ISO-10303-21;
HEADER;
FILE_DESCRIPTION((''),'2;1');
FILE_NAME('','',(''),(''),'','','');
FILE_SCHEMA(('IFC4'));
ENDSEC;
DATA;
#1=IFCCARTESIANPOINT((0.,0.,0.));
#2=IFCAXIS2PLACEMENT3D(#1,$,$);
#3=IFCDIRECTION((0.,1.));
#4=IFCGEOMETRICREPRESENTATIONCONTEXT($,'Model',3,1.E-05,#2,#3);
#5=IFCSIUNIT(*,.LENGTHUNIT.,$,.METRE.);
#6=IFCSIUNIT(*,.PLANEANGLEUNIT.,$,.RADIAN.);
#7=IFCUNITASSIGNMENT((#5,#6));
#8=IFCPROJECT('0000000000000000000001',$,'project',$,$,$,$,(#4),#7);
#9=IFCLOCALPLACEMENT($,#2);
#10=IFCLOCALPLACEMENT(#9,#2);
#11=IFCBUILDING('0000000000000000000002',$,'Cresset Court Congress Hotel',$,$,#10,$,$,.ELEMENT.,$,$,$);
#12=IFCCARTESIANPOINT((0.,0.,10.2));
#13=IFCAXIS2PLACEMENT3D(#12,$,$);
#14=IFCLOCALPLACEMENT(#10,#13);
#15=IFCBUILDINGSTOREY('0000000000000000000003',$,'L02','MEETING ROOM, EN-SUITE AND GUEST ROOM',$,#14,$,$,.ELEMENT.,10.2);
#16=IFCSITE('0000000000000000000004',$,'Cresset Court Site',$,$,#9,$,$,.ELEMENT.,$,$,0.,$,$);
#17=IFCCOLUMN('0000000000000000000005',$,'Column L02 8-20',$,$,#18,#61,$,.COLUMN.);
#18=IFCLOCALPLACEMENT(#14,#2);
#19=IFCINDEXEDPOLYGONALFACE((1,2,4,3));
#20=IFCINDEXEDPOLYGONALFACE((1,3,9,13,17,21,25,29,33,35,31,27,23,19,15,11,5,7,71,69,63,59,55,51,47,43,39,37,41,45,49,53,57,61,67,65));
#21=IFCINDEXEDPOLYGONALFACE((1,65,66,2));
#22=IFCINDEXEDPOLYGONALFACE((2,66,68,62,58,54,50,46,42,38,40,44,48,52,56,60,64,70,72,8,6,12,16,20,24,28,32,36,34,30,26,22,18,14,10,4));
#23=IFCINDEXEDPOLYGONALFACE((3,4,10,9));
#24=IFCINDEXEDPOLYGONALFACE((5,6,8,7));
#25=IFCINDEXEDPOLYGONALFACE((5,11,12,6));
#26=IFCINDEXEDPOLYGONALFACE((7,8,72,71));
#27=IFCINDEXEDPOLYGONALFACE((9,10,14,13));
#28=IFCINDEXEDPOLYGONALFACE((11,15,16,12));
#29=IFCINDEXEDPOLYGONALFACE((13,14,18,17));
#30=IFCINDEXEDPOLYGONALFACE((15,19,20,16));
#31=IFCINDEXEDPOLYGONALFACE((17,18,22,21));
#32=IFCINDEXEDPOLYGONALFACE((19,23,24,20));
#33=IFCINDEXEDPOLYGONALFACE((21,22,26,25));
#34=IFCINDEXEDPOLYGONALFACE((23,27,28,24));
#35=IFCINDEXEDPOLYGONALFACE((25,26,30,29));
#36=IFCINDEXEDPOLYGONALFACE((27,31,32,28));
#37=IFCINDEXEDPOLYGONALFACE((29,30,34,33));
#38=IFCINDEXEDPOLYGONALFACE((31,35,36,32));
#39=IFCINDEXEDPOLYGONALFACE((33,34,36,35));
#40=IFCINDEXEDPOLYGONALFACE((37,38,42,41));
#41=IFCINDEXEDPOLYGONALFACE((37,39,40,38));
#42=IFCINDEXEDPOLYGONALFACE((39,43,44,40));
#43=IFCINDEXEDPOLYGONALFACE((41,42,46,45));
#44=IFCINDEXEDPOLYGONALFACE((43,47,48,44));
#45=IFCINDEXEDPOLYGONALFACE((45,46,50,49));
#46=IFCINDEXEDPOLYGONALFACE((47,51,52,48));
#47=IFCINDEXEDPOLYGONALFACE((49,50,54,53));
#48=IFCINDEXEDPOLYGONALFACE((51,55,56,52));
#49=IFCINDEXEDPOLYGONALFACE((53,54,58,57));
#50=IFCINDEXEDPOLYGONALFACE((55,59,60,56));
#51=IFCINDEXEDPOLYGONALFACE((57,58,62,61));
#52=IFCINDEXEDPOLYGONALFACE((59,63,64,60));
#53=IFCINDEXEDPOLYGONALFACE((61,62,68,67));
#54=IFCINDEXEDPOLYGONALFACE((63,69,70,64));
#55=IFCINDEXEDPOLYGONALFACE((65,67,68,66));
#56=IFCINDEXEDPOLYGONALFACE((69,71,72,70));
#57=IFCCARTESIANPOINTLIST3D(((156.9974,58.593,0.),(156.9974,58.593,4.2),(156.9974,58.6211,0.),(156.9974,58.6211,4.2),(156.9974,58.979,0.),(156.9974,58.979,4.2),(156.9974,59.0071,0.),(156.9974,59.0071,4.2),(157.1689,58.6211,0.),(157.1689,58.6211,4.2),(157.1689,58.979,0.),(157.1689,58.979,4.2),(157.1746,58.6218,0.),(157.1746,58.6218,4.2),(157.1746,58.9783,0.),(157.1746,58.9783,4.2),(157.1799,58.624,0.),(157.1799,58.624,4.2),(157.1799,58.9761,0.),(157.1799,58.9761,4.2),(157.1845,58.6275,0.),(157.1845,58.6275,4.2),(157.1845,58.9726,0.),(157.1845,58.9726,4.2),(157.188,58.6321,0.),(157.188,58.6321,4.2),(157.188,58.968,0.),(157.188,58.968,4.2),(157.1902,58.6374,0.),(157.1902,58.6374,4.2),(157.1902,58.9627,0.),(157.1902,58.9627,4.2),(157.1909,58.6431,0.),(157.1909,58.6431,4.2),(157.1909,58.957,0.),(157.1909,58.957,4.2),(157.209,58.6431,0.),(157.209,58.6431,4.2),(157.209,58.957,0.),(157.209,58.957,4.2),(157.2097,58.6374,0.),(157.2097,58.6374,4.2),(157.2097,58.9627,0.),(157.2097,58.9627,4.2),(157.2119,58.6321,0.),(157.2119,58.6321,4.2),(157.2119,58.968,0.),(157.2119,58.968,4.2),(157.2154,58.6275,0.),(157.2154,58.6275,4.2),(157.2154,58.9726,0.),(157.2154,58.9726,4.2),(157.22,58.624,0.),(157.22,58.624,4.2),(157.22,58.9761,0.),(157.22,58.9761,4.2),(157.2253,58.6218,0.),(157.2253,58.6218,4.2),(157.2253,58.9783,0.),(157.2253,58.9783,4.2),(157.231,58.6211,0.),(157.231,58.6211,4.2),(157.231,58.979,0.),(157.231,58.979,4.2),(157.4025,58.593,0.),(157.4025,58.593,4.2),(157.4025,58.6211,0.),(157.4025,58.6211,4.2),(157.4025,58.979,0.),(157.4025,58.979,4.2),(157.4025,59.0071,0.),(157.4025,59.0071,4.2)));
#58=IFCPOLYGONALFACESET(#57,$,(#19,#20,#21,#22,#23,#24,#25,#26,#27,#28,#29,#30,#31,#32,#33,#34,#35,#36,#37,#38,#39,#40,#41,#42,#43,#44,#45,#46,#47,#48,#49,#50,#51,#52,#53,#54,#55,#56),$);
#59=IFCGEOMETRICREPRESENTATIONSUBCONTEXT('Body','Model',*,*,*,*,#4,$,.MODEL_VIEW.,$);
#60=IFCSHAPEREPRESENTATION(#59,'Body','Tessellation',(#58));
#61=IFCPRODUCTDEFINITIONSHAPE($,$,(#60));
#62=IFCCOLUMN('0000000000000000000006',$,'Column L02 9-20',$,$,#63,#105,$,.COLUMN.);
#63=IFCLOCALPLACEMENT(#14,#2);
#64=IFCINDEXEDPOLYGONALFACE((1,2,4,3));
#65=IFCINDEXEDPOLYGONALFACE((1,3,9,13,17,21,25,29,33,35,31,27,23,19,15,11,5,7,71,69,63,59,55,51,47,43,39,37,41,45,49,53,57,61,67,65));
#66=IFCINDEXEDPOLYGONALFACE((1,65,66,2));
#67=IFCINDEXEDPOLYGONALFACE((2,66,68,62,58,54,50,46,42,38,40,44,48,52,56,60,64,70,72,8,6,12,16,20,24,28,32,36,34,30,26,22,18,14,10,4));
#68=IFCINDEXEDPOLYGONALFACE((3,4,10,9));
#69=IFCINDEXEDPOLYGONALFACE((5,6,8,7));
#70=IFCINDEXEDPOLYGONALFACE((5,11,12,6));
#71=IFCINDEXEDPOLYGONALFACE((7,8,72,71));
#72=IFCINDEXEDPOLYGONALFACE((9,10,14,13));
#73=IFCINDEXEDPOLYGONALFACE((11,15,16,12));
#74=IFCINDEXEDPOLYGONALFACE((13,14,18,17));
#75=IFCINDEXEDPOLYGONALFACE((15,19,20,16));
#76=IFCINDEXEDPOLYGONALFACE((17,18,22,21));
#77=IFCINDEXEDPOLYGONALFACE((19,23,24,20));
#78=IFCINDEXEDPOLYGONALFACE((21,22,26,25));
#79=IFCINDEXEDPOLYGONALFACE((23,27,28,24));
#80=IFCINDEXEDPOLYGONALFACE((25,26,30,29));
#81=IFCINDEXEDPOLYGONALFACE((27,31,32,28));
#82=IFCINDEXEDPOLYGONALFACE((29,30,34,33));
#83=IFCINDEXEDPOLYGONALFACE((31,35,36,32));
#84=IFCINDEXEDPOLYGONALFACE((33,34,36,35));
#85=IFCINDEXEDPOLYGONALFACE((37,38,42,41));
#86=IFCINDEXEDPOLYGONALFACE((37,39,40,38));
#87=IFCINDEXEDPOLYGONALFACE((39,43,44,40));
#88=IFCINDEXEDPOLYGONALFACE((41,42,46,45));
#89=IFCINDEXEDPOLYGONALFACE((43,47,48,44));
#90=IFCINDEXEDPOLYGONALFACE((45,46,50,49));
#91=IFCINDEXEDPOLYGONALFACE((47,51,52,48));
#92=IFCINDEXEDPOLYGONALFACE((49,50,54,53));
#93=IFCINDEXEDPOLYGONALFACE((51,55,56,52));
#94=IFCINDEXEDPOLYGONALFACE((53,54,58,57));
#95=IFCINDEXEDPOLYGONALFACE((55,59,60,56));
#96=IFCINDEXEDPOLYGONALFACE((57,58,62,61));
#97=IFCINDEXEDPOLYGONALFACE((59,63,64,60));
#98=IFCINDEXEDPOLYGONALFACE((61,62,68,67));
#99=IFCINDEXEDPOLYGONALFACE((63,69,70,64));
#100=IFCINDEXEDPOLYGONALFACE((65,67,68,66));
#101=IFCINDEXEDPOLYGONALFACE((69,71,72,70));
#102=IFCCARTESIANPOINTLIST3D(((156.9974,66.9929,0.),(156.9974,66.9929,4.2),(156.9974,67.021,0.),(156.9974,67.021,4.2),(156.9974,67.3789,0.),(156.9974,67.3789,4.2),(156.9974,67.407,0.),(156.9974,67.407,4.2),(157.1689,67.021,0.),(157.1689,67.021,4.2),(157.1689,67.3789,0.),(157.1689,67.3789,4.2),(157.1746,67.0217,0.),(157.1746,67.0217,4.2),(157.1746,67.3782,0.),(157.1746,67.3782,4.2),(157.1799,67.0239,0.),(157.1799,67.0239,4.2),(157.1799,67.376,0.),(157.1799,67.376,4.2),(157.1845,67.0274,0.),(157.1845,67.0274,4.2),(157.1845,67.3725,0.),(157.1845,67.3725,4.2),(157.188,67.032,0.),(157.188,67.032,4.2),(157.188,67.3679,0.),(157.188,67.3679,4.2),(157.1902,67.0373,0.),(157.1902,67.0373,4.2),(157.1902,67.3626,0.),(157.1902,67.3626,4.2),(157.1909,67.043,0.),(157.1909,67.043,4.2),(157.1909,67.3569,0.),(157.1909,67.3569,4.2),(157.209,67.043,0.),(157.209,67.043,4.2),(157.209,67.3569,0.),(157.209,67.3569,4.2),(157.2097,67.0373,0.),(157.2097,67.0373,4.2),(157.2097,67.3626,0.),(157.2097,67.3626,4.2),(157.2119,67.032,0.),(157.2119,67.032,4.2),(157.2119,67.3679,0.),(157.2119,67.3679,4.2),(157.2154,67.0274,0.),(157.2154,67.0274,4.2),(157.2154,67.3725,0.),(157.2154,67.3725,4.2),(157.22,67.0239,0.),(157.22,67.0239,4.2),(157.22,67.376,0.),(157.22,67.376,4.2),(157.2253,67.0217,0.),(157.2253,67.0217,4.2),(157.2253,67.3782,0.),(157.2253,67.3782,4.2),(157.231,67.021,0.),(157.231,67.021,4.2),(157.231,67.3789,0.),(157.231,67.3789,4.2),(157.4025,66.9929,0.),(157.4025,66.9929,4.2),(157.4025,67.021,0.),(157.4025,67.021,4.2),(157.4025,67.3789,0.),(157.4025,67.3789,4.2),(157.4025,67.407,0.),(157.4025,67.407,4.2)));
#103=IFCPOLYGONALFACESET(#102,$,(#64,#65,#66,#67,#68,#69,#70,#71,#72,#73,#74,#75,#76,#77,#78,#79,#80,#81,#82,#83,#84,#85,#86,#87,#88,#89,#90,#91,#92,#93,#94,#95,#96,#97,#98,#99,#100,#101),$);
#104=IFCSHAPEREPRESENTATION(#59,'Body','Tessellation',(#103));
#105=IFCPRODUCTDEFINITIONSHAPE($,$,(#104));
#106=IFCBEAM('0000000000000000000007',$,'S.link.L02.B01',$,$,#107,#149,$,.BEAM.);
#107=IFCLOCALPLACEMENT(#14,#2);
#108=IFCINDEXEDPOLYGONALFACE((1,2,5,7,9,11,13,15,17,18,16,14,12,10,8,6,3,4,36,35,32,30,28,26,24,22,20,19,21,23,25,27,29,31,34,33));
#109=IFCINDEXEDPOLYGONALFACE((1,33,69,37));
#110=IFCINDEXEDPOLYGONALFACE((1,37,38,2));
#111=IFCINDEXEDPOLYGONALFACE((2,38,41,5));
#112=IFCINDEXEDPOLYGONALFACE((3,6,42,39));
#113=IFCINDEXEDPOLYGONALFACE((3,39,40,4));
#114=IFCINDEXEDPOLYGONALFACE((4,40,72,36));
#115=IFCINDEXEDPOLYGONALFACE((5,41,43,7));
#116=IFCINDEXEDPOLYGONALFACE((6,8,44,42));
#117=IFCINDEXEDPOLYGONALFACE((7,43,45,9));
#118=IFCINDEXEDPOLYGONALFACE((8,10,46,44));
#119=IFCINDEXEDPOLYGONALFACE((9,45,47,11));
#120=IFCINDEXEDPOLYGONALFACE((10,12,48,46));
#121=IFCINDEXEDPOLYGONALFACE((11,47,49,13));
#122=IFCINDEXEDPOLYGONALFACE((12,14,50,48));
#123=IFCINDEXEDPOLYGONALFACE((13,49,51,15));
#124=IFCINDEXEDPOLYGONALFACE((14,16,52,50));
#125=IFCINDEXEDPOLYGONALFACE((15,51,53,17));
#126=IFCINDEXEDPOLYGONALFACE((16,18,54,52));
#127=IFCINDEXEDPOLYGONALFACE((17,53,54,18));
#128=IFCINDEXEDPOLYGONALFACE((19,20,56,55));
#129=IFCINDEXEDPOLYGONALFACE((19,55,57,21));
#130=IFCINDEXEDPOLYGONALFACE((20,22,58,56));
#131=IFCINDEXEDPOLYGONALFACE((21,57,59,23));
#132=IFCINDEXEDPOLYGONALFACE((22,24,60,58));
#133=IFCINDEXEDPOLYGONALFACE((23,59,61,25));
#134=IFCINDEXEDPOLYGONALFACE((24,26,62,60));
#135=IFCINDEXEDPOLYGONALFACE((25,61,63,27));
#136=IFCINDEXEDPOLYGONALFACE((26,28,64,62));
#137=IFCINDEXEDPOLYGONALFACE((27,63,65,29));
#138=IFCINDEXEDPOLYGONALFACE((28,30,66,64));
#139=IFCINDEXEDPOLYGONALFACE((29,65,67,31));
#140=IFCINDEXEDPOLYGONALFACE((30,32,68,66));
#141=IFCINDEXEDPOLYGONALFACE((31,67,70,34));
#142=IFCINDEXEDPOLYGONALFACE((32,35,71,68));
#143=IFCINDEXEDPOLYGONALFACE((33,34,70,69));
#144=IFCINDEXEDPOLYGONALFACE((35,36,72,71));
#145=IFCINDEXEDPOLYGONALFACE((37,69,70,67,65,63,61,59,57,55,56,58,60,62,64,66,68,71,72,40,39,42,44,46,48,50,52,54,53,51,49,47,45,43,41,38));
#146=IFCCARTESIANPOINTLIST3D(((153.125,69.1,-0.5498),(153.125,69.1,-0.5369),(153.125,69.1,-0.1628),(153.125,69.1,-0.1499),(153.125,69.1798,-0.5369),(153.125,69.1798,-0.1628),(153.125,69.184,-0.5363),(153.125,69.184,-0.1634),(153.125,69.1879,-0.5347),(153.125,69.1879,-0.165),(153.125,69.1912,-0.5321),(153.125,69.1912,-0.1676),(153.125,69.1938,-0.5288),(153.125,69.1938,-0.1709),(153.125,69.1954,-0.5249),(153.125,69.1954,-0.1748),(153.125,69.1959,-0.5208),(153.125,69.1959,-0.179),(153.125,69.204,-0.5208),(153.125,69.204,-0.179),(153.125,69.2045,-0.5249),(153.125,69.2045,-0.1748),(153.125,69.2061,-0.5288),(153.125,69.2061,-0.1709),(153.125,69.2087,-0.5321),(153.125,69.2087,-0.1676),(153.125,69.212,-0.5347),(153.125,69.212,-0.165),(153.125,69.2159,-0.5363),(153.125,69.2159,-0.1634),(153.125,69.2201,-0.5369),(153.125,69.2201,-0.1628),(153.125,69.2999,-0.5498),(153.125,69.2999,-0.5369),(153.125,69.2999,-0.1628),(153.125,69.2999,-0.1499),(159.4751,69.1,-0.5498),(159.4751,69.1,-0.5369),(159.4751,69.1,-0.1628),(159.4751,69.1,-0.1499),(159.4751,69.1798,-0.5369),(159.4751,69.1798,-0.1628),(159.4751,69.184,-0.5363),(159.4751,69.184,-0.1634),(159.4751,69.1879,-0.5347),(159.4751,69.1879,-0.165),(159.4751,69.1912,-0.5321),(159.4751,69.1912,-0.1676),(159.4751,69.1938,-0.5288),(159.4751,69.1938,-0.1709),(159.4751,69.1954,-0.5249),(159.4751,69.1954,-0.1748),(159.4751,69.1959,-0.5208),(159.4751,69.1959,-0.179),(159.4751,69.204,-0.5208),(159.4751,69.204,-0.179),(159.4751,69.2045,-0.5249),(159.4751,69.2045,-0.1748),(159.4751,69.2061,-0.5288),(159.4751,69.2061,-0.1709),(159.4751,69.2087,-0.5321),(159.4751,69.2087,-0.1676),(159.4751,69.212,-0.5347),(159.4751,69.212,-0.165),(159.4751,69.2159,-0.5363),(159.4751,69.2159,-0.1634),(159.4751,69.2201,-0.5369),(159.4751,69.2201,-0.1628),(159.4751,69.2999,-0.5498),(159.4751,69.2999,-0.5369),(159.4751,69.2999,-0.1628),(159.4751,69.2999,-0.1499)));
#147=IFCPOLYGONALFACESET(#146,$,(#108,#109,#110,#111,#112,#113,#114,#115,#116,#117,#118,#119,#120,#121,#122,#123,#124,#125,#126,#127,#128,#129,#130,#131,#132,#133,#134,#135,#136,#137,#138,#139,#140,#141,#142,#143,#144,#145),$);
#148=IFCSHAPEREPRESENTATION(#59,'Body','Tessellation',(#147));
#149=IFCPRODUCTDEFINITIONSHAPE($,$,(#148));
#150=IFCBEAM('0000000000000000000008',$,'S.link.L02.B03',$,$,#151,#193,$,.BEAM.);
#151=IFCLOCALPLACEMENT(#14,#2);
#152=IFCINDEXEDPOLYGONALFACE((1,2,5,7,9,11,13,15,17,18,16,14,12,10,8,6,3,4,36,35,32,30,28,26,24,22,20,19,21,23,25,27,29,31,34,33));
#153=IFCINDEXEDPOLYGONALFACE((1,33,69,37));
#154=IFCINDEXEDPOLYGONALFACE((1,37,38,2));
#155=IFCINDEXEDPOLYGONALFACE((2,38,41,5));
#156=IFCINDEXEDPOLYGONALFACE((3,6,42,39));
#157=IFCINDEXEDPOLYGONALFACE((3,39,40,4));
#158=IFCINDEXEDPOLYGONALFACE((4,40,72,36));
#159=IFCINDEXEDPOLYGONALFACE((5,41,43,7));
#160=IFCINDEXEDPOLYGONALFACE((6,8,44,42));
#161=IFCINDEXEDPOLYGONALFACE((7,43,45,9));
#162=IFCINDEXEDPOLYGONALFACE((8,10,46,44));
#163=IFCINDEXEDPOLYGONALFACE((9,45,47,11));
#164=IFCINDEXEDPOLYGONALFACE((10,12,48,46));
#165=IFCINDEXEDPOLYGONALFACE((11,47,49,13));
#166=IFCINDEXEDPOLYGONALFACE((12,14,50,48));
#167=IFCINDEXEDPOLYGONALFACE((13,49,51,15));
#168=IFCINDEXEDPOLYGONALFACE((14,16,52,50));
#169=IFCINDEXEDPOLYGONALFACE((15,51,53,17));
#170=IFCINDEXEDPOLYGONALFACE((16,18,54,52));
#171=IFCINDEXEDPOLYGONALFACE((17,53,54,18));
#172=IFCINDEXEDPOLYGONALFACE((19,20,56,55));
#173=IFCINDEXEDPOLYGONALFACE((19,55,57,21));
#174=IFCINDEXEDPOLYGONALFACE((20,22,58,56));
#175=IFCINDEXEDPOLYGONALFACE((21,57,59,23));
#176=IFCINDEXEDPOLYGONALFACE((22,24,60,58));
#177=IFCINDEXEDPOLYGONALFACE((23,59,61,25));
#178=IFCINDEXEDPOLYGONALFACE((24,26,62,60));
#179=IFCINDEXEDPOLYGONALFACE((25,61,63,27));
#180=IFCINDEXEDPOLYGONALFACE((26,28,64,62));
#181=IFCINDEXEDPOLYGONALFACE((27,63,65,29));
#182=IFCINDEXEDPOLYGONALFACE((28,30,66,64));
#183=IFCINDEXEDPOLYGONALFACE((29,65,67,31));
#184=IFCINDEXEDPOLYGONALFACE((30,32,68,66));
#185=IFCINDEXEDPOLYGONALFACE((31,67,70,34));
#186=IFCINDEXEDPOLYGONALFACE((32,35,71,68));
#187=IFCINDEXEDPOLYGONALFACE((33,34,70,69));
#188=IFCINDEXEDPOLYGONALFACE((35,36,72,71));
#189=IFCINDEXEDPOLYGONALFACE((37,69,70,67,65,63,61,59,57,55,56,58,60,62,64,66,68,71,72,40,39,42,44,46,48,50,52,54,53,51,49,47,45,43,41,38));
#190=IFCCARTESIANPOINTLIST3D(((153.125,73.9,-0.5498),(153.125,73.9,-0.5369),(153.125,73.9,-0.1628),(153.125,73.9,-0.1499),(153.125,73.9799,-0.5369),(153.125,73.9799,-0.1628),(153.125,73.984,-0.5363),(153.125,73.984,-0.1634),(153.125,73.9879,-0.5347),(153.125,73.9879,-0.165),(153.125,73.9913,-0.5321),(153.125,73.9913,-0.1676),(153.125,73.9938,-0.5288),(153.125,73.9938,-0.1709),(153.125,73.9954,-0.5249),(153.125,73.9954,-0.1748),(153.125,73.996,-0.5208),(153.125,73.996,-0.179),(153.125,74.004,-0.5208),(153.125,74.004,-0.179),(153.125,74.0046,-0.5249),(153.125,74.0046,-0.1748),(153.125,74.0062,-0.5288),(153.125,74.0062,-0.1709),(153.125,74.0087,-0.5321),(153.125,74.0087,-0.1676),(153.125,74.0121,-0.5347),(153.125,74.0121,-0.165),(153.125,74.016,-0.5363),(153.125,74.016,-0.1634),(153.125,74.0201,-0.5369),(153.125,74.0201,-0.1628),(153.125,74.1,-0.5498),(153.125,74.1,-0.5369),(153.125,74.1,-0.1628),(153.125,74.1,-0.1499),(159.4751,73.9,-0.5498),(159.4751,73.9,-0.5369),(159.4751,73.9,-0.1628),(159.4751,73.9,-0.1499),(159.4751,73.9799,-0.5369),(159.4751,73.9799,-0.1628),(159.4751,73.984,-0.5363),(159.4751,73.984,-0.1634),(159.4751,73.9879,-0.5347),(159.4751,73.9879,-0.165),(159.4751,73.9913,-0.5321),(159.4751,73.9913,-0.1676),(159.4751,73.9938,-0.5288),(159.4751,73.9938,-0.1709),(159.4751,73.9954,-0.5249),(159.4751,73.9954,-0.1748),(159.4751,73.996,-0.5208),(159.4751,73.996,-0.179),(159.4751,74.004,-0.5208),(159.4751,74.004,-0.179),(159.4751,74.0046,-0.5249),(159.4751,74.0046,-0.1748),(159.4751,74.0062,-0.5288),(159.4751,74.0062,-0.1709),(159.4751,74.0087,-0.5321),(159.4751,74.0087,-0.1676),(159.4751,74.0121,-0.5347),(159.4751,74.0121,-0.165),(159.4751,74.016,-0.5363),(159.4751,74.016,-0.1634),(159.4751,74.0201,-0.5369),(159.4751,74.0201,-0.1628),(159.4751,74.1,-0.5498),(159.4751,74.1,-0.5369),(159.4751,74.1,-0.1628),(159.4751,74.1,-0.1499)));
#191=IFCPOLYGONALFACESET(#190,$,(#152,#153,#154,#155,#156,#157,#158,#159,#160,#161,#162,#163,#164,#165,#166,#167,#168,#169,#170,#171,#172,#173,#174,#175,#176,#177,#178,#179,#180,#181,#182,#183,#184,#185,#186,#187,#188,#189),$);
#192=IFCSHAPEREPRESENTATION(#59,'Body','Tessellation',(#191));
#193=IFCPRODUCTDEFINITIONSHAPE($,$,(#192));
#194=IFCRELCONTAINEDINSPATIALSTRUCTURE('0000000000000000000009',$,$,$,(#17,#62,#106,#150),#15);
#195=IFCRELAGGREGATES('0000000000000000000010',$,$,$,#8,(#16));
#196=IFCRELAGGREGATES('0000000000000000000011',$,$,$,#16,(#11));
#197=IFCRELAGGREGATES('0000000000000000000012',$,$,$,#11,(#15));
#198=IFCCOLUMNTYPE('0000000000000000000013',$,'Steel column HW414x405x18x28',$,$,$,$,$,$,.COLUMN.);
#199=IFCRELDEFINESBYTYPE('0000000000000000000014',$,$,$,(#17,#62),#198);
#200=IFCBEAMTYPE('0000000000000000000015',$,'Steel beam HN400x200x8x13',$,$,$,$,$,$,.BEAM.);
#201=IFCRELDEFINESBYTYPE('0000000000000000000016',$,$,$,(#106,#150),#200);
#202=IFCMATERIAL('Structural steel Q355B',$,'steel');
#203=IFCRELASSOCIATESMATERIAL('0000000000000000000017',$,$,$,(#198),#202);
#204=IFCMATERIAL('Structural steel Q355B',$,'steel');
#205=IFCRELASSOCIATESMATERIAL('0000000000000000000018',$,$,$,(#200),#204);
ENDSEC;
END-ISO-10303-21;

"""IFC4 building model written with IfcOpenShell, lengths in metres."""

from ifc_helpers import new_model, si_unit, direction, frame, origin, origin_2d, place, context, subcontext, project, spatial, i_section, extrude, material, material_profile, profile_set, type_object, element, save


model = new_model("IFC4")

# Units and contexts
model_context = context("Model", 3, precision=1e-05, world=origin(), true_north=direction((0.0, 1.0)))
body_context = subcontext(model_context, "Body", "Model", "MODEL_VIEW")
ifc_project = project(units=[si_unit("LENGTHUNIT", "METRE"), si_unit("PLANEANGLEUNIT", "RADIAN")], contexts=[model_context])

# Site, building, storey
site_placement = place(None, origin())
site = spatial("IfcSite", under=ifc_project, at=site_placement, Name="Cresset Court Site", CompositionType="ELEMENT", RefElevation=0.0)
building_placement = place(site_placement, origin())
building = spatial("IfcBuilding", under=site, at=building_placement, Name="Cresset Court Congress Hotel", CompositionType="ELEMENT")
storey_placement = place(building_placement, frame((0.0, 0.0, 10.2)))
storey = spatial("IfcBuildingStorey", under=building, at=storey_placement, Name="L02", Description="MEETING ROOM, EN-SUITE AND GUEST ROOM", CompositionType="ELEMENT", Elevation=10.2)

# Columns
ifc_material_1 = material(Name="Structural steel Q355B", Category="steel")
ifc_material_profile_1 = material_profile(ifc_material_1, i_section(OverallWidth=0.405, OverallDepth=0.4141, WebThickness=0.0181, FlangeThickness=0.0281, FilletRadius=0.022, at=origin_2d()), Name="HW414x405x18x28")
ifc_profile_set_1 = profile_set([ifc_material_profile_1], Name="Structural steel Q355B")
column_type = type_object("IfcColumnType", Name="Steel column HW414x405x18x28", PredefinedType="COLUMN", material=ifc_profile_set_1)
for number, where, z_axis, x_axis, name in (
    (1, (157.2, 58.8, 0.0), (0.0, 0.0, 1.0), (1.0, 0.0, 0.0), "Column L02 8-20"),
    (2, (157.2, 67.2, 0.0), (0.0, 0.0, 1.0), (1.0, 0.0, 0.0), "Column L02 9-20"),
):
    element("IfcColumn", number, at=place(storey_placement, frame(where, z_axis=z_axis, x_axis=x_axis)), inside=storey, type_object=column_type, Name=name, PredefinedType="COLUMN", context=body_context, shape_type="SweptSolid", body=[
        extrude(i_section(OverallWidth=0.405, OverallDepth=0.4141, WebThickness=0.0181, FlangeThickness=0.0281, FilletRadius=0.022, at=origin_2d()), origin(), (0.0, 0.0, 1.0), 4.2),
    ])

# Beams
ifc_material_2 = material(Name="Structural steel Q355B", Category="steel")
ifc_material_profile_2 = material_profile(ifc_material_2, i_section(OverallWidth=0.2, OverallDepth=0.3999, WebThickness=0.0081, FlangeThickness=0.0129, FilletRadius=0.0161, at=origin_2d()), Name="HN400x200x8x13")
ifc_profile_set_2 = profile_set([ifc_material_profile_2], Name="Structural steel Q355B")
beam_type_1 = type_object("IfcBeamType", Name="Steel beam HN400x200x8x13", PredefinedType="BEAM", material=ifc_profile_set_2)
for number, where, z_axis, x_axis, name in (
    (3, (153.125, 69.2, -0.3499), (1.0, 0.0, 0.0), (0.0, 1.0, 0.0), "S.link.L02.B01"),
    (4, (153.125, 74.0, -0.3499), (1.0, 0.0, 0.0), (0.0, 1.0, 0.0), "S.link.L02.B03"),
):
    element("IfcBeam", number, at=place(storey_placement, frame(where, z_axis=z_axis, x_axis=x_axis)), inside=storey, type_object=beam_type_1, Name=name, PredefinedType="BEAM", context=body_context, shape_type="SweptSolid", body=[
        extrude(i_section(OverallWidth=0.2, OverallDepth=0.3999, WebThickness=0.0081, FlangeThickness=0.0129, FilletRadius=0.0161, at=origin_2d()), origin(), (0.0, 0.0, 1.0), 6.3501),
    ])

save(model, "model.ifc")
